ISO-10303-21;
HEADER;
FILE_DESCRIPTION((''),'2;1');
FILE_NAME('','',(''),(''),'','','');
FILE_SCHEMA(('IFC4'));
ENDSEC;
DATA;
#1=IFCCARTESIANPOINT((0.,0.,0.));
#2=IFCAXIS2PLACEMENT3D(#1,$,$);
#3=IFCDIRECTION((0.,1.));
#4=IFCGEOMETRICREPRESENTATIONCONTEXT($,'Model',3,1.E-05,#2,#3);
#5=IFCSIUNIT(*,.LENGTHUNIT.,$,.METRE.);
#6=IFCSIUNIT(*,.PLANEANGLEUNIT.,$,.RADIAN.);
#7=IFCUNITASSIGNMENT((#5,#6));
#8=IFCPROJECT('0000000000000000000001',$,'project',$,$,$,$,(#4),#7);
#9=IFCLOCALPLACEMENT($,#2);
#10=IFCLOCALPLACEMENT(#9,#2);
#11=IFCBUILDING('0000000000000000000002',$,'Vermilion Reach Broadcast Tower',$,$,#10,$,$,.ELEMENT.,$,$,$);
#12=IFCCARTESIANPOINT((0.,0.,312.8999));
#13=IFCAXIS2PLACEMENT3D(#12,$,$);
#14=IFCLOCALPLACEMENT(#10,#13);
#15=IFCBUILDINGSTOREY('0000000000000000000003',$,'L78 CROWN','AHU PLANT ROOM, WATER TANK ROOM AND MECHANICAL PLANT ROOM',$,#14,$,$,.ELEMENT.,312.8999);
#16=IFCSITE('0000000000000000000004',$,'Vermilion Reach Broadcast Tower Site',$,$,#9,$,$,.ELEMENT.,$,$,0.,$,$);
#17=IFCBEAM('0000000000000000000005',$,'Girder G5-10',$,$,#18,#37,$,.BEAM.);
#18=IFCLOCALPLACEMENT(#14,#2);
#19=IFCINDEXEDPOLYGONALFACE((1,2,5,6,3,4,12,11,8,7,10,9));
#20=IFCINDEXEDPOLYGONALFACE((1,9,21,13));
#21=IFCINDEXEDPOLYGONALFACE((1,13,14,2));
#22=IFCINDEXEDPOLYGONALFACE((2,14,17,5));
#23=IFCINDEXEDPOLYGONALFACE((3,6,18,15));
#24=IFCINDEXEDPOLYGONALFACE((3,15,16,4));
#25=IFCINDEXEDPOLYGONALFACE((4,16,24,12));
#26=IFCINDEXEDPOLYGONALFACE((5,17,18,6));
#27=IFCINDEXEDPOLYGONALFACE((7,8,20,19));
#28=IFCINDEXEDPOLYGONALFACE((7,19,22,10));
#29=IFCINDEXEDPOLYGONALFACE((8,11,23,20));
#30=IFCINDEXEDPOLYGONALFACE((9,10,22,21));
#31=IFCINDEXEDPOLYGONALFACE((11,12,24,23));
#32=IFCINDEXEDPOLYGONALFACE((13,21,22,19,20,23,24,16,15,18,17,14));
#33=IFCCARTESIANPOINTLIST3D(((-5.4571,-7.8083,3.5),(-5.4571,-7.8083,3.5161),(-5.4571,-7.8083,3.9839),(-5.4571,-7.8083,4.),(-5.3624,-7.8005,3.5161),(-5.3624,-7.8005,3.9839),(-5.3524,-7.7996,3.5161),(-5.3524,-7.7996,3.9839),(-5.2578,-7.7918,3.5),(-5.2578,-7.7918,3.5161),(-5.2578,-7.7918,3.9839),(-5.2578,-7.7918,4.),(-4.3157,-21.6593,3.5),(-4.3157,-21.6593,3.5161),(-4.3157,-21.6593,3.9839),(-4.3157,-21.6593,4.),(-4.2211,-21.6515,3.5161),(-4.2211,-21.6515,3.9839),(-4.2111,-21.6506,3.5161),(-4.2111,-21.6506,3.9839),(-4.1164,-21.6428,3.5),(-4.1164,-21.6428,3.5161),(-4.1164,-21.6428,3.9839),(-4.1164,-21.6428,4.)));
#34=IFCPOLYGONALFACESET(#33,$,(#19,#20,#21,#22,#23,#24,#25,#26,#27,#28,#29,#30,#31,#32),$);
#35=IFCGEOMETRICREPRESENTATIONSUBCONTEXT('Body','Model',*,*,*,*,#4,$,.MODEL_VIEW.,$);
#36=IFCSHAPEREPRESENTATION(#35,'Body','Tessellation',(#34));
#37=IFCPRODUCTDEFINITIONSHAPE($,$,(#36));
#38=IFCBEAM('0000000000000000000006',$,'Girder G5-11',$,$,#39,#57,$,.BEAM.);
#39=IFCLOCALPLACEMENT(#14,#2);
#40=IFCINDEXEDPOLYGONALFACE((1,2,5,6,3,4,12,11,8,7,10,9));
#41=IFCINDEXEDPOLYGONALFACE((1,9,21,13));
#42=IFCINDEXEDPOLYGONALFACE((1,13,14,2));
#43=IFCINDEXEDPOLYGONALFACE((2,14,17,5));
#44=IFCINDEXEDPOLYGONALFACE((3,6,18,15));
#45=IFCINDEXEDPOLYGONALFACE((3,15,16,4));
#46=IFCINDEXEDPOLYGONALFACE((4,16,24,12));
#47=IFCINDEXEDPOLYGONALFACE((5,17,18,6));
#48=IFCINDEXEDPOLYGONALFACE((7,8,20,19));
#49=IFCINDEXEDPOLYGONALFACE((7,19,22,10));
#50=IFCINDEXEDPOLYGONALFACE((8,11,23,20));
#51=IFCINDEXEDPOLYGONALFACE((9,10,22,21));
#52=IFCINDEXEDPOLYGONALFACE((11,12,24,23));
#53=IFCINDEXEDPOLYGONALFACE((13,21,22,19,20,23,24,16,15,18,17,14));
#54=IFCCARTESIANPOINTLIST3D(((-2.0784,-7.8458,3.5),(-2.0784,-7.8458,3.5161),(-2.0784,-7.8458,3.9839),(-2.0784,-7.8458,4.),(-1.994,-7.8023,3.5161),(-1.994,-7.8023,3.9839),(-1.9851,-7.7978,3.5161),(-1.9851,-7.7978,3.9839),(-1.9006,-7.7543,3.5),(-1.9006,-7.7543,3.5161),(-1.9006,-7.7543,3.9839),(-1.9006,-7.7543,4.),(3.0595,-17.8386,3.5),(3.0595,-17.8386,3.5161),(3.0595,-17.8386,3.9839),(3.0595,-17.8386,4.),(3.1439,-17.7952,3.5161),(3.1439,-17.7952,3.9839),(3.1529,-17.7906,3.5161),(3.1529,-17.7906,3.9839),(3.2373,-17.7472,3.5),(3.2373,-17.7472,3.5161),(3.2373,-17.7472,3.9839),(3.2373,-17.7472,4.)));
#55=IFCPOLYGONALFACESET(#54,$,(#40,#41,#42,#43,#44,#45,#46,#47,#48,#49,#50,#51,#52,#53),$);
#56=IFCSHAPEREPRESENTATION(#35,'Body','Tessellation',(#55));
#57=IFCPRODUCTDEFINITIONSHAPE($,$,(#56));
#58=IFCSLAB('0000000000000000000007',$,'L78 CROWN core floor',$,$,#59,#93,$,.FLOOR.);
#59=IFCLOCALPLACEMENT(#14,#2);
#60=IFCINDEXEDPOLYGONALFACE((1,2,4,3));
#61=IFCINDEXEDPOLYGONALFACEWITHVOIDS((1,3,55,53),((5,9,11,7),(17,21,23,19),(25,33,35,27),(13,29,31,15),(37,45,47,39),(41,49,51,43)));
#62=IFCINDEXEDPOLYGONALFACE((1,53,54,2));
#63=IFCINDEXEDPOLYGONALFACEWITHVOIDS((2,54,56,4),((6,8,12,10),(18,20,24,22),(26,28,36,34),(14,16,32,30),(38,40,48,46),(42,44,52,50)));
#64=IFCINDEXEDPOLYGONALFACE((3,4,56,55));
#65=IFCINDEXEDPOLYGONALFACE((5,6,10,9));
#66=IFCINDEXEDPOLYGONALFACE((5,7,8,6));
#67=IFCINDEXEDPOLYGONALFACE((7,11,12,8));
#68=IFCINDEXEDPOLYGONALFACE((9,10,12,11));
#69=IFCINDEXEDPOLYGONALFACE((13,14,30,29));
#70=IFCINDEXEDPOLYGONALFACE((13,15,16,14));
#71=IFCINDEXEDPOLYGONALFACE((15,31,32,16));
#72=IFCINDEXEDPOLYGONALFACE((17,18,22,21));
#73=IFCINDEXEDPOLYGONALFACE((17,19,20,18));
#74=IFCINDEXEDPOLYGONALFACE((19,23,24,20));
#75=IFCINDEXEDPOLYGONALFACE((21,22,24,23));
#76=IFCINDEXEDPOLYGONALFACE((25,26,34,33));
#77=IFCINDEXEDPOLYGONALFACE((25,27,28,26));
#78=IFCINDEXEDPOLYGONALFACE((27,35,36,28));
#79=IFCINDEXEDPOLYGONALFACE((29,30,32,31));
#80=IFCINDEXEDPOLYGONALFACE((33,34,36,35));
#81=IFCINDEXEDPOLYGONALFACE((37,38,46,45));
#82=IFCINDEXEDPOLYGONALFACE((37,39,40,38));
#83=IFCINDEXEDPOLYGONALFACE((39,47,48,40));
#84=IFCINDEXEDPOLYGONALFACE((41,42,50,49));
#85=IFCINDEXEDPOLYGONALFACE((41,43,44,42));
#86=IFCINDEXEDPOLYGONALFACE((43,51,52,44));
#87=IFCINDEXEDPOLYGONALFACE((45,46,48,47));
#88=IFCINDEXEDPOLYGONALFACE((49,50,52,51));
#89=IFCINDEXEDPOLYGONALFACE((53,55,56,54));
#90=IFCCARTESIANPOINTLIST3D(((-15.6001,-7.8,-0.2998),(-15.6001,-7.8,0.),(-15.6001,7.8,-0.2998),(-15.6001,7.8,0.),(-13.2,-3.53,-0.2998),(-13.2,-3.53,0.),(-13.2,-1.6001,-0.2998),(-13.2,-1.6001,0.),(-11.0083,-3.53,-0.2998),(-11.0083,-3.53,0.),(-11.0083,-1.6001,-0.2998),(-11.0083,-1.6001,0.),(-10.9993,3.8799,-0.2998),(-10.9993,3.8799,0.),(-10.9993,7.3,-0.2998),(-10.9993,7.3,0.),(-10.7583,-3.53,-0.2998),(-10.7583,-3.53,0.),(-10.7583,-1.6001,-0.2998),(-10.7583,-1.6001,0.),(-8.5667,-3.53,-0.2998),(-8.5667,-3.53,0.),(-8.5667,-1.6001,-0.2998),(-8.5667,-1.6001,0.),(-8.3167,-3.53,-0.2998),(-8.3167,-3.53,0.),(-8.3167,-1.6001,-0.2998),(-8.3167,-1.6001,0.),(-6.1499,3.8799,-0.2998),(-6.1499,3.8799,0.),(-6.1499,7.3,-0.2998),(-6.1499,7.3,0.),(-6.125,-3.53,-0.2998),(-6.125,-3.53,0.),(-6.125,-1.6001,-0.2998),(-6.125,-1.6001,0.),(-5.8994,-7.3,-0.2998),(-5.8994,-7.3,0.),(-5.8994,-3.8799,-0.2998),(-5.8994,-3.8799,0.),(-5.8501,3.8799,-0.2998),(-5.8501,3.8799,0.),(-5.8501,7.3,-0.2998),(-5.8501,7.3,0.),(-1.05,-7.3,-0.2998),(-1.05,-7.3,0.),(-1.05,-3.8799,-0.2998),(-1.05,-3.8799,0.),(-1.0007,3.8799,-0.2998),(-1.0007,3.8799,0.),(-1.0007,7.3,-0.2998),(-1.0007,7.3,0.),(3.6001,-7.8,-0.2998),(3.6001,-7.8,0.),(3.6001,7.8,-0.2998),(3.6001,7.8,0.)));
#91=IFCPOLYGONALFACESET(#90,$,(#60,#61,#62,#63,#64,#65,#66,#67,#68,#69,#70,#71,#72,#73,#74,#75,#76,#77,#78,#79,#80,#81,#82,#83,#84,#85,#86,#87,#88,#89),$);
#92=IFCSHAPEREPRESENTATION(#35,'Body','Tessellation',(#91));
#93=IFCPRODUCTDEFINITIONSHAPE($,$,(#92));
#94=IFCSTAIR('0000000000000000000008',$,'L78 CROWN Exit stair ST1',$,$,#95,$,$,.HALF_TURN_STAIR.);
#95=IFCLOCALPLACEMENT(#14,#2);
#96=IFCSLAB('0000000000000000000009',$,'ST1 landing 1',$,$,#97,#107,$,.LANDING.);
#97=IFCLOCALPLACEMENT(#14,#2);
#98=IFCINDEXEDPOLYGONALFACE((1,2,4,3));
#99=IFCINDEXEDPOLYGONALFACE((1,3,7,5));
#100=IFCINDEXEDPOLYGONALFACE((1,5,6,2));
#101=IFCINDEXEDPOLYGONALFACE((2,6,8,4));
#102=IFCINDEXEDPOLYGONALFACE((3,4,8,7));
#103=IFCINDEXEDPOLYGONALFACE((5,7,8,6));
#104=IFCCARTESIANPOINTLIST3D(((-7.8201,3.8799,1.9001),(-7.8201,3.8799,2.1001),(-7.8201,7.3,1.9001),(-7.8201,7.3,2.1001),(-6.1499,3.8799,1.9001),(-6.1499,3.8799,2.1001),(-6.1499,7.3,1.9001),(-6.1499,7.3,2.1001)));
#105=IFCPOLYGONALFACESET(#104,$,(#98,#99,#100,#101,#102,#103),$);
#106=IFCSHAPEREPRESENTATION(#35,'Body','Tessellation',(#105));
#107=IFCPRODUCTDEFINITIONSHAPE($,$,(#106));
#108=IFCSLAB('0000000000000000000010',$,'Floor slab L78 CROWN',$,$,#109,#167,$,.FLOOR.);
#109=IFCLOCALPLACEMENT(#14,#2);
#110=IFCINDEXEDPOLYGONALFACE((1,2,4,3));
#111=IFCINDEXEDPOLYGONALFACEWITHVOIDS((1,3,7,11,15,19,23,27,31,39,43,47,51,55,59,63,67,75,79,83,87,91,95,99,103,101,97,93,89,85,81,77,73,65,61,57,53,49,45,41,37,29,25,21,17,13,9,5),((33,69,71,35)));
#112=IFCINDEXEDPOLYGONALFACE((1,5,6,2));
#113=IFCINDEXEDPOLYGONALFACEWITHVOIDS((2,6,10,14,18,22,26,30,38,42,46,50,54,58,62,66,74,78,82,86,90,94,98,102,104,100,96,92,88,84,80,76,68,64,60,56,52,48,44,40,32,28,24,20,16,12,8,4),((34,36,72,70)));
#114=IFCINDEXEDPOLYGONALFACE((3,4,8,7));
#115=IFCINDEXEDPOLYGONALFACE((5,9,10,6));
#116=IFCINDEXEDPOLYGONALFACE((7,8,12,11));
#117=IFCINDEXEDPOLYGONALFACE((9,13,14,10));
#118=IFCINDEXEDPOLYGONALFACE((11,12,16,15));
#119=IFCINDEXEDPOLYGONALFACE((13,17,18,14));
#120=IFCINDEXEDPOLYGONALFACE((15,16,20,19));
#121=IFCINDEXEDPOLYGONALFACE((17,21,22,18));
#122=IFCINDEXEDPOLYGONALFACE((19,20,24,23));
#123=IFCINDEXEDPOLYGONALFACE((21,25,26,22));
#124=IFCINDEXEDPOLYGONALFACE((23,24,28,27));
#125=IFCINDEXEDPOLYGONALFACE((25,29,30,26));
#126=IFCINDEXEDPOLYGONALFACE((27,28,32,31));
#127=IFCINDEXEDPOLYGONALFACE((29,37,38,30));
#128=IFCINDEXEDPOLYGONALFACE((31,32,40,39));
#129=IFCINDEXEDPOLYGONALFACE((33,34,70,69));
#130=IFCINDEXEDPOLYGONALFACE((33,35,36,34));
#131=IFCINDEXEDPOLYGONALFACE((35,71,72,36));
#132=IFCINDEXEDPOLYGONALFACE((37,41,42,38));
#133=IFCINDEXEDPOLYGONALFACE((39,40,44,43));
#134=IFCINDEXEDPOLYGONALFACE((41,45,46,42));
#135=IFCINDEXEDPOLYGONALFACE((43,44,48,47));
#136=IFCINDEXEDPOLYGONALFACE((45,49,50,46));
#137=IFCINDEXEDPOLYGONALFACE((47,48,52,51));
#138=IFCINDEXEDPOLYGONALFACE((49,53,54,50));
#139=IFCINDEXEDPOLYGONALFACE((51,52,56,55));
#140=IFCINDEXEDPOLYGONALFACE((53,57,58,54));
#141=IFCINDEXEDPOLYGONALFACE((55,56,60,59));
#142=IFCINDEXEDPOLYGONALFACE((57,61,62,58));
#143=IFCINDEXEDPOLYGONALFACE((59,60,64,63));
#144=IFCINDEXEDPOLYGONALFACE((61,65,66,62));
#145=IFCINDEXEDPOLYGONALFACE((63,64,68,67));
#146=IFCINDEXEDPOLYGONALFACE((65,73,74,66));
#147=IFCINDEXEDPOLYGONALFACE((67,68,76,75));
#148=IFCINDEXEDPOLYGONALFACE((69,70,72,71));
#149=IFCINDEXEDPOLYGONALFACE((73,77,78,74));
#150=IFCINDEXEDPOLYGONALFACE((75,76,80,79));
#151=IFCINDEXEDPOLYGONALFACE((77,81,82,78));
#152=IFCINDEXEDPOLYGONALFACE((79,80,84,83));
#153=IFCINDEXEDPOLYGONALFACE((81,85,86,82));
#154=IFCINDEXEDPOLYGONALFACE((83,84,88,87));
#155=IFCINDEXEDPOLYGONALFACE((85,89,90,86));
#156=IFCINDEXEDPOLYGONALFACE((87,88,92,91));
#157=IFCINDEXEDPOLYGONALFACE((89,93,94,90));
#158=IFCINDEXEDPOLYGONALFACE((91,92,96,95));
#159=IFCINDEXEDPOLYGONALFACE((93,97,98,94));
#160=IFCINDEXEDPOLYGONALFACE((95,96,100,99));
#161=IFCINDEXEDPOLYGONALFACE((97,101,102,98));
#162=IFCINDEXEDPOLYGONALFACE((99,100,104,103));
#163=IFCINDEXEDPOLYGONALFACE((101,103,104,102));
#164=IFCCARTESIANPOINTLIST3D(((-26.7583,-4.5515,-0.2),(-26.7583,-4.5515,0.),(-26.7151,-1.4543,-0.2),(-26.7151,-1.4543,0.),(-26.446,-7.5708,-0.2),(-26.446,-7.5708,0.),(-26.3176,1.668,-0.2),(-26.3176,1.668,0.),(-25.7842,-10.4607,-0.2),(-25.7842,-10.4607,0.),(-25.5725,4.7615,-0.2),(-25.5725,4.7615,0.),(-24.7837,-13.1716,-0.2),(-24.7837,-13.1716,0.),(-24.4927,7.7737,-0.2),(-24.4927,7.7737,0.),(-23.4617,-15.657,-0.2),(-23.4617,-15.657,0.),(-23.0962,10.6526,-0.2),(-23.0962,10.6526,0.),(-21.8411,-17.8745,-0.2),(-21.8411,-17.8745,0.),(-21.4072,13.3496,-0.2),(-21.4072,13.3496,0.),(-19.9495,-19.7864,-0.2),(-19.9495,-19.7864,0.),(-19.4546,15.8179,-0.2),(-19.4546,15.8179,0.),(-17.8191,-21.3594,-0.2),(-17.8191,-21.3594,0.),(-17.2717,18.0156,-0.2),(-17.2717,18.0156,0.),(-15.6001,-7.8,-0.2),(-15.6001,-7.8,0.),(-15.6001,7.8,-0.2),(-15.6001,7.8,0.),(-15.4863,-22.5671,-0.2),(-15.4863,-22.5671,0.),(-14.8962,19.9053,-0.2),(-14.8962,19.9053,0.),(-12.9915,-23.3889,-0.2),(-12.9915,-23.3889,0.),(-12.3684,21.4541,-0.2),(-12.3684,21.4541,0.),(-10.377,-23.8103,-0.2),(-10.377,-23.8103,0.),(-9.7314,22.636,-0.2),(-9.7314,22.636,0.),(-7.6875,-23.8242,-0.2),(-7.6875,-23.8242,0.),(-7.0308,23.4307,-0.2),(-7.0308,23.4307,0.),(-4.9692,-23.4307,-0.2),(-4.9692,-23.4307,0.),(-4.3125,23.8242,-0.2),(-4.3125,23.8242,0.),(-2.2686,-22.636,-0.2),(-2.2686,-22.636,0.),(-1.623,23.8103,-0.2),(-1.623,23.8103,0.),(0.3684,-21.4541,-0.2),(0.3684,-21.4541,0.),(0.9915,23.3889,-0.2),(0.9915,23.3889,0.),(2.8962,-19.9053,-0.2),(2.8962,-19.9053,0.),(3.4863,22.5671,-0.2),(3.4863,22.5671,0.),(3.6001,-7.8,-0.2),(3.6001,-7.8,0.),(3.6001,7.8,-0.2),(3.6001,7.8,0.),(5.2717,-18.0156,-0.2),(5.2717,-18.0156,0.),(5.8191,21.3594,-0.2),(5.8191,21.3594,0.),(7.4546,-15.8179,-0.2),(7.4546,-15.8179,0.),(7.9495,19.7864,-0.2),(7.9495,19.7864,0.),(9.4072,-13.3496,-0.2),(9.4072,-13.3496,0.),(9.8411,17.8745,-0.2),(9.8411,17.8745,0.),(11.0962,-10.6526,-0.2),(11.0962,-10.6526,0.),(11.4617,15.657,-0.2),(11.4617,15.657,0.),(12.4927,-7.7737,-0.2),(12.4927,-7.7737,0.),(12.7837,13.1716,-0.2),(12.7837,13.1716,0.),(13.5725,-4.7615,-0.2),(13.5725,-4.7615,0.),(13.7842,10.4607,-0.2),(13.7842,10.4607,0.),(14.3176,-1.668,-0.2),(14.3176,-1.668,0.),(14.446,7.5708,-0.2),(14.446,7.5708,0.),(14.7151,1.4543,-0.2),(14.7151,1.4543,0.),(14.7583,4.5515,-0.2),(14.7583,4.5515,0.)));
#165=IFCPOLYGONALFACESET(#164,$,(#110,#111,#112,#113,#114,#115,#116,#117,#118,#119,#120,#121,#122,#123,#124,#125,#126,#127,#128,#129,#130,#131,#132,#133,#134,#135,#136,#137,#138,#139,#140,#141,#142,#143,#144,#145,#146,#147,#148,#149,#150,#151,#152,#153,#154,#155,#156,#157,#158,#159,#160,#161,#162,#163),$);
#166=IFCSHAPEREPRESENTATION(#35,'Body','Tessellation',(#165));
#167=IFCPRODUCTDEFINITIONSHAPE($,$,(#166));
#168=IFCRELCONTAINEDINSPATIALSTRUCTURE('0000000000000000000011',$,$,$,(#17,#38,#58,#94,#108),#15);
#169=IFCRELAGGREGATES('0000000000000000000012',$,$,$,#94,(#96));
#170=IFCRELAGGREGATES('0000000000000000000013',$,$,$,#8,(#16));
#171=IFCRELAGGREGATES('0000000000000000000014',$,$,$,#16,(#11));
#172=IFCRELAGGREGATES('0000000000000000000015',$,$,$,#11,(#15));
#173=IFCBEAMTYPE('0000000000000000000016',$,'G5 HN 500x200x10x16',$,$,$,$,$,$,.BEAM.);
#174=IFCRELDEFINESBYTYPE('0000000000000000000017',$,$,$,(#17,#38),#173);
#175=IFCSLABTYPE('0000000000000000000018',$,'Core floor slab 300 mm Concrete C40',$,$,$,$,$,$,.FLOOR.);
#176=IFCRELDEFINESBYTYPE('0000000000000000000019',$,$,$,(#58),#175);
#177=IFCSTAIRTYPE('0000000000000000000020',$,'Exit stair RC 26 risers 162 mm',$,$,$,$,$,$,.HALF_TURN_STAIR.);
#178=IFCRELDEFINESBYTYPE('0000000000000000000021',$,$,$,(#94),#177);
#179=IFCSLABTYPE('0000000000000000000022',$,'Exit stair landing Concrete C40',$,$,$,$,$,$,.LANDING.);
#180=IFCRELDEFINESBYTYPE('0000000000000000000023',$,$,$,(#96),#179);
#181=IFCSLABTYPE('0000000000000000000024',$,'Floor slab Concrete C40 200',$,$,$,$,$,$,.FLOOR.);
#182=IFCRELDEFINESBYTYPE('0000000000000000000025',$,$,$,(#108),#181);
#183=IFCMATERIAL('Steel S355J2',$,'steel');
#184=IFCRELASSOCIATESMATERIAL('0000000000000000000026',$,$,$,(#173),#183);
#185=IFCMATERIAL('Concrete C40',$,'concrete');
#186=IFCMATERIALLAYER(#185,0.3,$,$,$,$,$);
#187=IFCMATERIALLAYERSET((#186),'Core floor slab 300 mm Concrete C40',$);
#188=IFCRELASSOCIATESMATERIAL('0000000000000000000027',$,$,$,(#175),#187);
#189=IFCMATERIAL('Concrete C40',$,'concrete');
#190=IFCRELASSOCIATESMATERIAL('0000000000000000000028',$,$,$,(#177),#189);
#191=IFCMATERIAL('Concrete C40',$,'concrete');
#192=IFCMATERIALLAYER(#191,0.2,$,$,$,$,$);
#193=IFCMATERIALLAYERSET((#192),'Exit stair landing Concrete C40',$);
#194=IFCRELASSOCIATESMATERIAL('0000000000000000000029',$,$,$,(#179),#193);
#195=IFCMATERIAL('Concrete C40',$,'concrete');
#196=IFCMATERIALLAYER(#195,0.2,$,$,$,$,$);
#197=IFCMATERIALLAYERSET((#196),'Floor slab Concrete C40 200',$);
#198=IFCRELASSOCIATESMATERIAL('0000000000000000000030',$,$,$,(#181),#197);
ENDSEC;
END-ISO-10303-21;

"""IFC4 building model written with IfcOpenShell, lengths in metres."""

from ifc_helpers import new_model, si_unit, direction, frame, origin, origin_2d, place, context, subcontext, project, spatial, polyline, i_section, outline, extrude, material, layer, layer_set, material_profile, profile_set, type_object, element, aggregate, save


model = new_model("IFC4")

# Units and contexts
model_context = context("Model", 3, precision=1e-05, world=origin(), true_north=direction((0.0, 1.0)))
body_context = subcontext(model_context, "Body", "Model", "MODEL_VIEW")
ifc_project = project(units=[si_unit("LENGTHUNIT", "METRE"), si_unit("PLANEANGLEUNIT", "RADIAN")], contexts=[model_context])

# Site, building, storey
site_placement = place(None, origin())
site = spatial("IfcSite", under=ifc_project, at=site_placement, Name="Vermilion Reach Broadcast Tower Site", CompositionType="ELEMENT", RefElevation=0.0)
building_placement = place(site_placement, origin())
building = spatial("IfcBuilding", under=site, at=building_placement, Name="Vermilion Reach Broadcast Tower", CompositionType="ELEMENT")
storey_placement = place(building_placement, frame((0.0, 0.0, 312.8999)))
storey = spatial("IfcBuildingStorey", under=building, at=storey_placement, Name="L78 CROWN", Description="AHU PLANT ROOM, WATER TANK ROOM AND MECHANICAL PLANT ROOM", CompositionType="ELEMENT", Elevation=312.8999)

# Beams
ifc_material_1 = material(Name="Steel S355J2", Category="steel")
ifc_material_profile = material_profile(ifc_material_1, i_section(OverallWidth=0.2, OverallDepth=0.5, WebThickness=0.01, FlangeThickness=0.0161, at=origin_2d()), Name="S355J2 HN 500x200x10x16")
ifc_profile_set = profile_set([ifc_material_profile], Name="Steel S355J2")
beam_type = type_object("IfcBeamType", Name="G5 HN 500x200x10x16", PredefinedType="BEAM", material=ifc_profile_set)
beam_1_placement = place(storey_placement, frame((-5.3574, -7.8, 3.75), z_axis=(0.082124, -0.996622, 0.0), x_axis=(0.996622, 0.082124, 0.0)))
element("IfcBeam", 1, at=beam_1_placement, inside=storey, type_object=beam_type, Name="Girder G5-10", PredefinedType="BEAM", context=body_context, shape_type="SweptSolid", body=[
    extrude(i_section(OverallWidth=0.2, OverallDepth=0.5, WebThickness=0.01, FlangeThickness=0.0161, at=origin_2d()), origin(), (0.0, 0.0, 1.0), 13.8979),
])
beam_2_placement = place(storey_placement, frame((-1.9895, -7.8, 3.75), z_axis=(0.457258, -0.889334, 0.0), x_axis=(0.889334, 0.457258, 0.0)))
element("IfcBeam", 2, at=beam_2_placement, inside=storey, type_object=beam_type, Name="Girder G5-11", PredefinedType="BEAM", context=body_context, shape_type="SweptSolid", body=[
    extrude(i_section(OverallWidth=0.2, OverallDepth=0.5, WebThickness=0.01, FlangeThickness=0.0161, at=origin_2d()), origin(), (0.0, 0.0, 1.0), 11.2363),
])

# Slab
ifc_material_2 = material(Name="Concrete C40", Category="concrete")
ifc_layer_1 = layer(ifc_material_2, 0.3)
ifc_layer_set_1 = layer_set([ifc_layer_1], Name="Core floor slab 300 mm Concrete C40")
slab_type_1 = type_object("IfcSlabType", Name="Core floor slab 300 mm Concrete C40", PredefinedType="FLOOR", material=ifc_layer_set_1)
slab_1_placement = place(storey_placement, frame((0.0, 0.0, -0.2998)))
element("IfcSlab", 3, at=slab_1_placement, inside=storey, type_object=slab_type_1, Name="L78 CROWN core floor", PredefinedType="FLOOR", context=body_context, shape_type="SweptSolid", body=[
    extrude(outline(polyline([(-15.6001, -7.8), (3.6001, -7.8), (3.6001, 7.8), (-15.6001, 7.8), (-15.6001, -7.8)]), holes=[polyline([(-13.2, -3.53), (-11.0083, -3.53), (-11.0083, -1.6001), (-13.2, -1.6001), (-13.2, -3.53)]), polyline([(-10.7583, -3.53), (-8.5667, -3.53), (-8.5667, -1.6001), (-10.7583, -1.6001), (-10.7583, -3.53)]), polyline([(-8.3167, -3.53), (-6.125, -3.53), (-6.125, -1.6001), (-8.3167, -1.6001), (-8.3167, -3.53)]), polyline([(-10.9993, 3.8799), (-6.1499, 3.8799), (-6.1499, 7.3), (-10.9993, 7.3), (-10.9993, 3.8799)]), polyline([(-1.0007, 7.3), (-5.8501, 7.3), (-5.8501, 3.8799), (-1.0007, 3.8799), (-1.0007, 7.3)]), polyline([(-5.8994, -7.3), (-1.05, -7.3), (-1.05, -3.8799), (-5.8994, -3.8799), (-5.8994, -7.3)])]), origin(), (0.0, 0.0, 1.0), 0.2998),
])

# Stair, slab
ifc_material_3 = material(Name="Concrete C40", Category="concrete")
stair_type = type_object("IfcStairType", Name="Exit stair RC 26 risers 162 mm", PredefinedType="HALF_TURN_STAIR", material=ifc_material_3)
placement = place(storey_placement, origin())
stair_1 = element("IfcStair", 4, at=placement, inside=storey, type_object=stair_type, Name="L78 CROWN Exit stair ST1", PredefinedType="HALF_TURN_STAIR")
ifc_material_4 = material(Name="Concrete C40", Category="concrete")
ifc_layer_2 = layer(ifc_material_4, 0.2)
ifc_layer_set_2 = layer_set([ifc_layer_2], Name="Exit stair landing Concrete C40")
slab_type_2 = type_object("IfcSlabType", Name="Exit stair landing Concrete C40", PredefinedType="LANDING", material=ifc_layer_set_2)
slab_2_placement = place(storey_placement, frame((0.0, 0.0, 1.9001)))
slab_2 = element("IfcSlab", 5, at=slab_2_placement, type_object=slab_type_2, Name="ST1 landing 1", PredefinedType="LANDING", context=body_context, shape_type="SweptSolid", body=[
    extrude(outline(polyline([(-7.8201, 3.8799), (-6.1499, 3.8799), (-6.1499, 7.3), (-7.8201, 7.3), (-7.8201, 3.8799)])), origin(), (0.0, 0.0, 1.0), 0.2),
])
aggregate(stair_1, [slab_2])

# Slab
ifc_material_5 = material(Name="Concrete C40", Category="concrete")
ifc_layer_3 = layer(ifc_material_5, 0.2)
ifc_layer_set_3 = layer_set([ifc_layer_3], Name="Floor slab Concrete C40 200")
slab_type_3 = type_object("IfcSlabType", Name="Floor slab Concrete C40 200", PredefinedType="FLOOR", material=ifc_layer_set_3)
slab_3_placement = place(storey_placement, frame((0.0, 0.0, -0.2)))
element("IfcSlab", 6, at=slab_3_placement, inside=storey, type_object=slab_type_3, Name="Floor slab L78 CROWN", PredefinedType="FLOOR", context=body_context, shape_type="SweptSolid", body=[
    extrude(outline(polyline([(3.4863, 22.5671), (0.9915, 23.3889), (-1.623, 23.8103), (-4.3125, 23.8242), (-7.0308, 23.4307), (-9.7314, 22.636), (-12.3684, 21.4541), (-14.8962, 19.9053), (-17.2717, 18.0156), (-19.4546, 15.8179), (-21.4072, 13.3496), (-23.0962, 10.6526), (-24.4927, 7.7737), (-25.5725, 4.7615), (-26.3176, 1.668), (-26.7151, -1.4543), (-26.7583, -4.5515), (-26.446, -7.5708), (-25.7842, -10.4607), (-24.7837, -13.1716), (-23.4617, -15.657), (-21.8411, -17.8745), (-19.9495, -19.7864), (-17.8191, -21.3594), (-15.4863, -22.5671), (-12.9915, -23.3889), (-10.377, -23.8103), (-7.6875, -23.8242), (-4.9692, -23.4307), (-2.2686, -22.636), (0.3684, -21.4541), (2.8962, -19.9053), (5.2717, -18.0156), (7.4546, -15.8179), (9.4072, -13.3496), (11.0962, -10.6526), (12.4927, -7.7737), (13.5725, -4.7615), (14.3176, -1.668), (14.7151, 1.4543), (14.7583, 4.5515), (14.446, 7.5708), (13.7842, 10.4607), (12.7837, 13.1716), (11.4617, 15.657), (9.8411, 17.8745), (7.9495, 19.7864), (5.8191, 21.3594), (3.4863, 22.5671)]), holes=[polyline([(-15.6001, -7.8), (3.6001, -7.8), (3.6001, 7.8), (-15.6001, 7.8), (-15.6001, -7.8)])]), origin(), (0.0, 0.0, 1.0), 0.2),
])

save(model, "model.ifc")
